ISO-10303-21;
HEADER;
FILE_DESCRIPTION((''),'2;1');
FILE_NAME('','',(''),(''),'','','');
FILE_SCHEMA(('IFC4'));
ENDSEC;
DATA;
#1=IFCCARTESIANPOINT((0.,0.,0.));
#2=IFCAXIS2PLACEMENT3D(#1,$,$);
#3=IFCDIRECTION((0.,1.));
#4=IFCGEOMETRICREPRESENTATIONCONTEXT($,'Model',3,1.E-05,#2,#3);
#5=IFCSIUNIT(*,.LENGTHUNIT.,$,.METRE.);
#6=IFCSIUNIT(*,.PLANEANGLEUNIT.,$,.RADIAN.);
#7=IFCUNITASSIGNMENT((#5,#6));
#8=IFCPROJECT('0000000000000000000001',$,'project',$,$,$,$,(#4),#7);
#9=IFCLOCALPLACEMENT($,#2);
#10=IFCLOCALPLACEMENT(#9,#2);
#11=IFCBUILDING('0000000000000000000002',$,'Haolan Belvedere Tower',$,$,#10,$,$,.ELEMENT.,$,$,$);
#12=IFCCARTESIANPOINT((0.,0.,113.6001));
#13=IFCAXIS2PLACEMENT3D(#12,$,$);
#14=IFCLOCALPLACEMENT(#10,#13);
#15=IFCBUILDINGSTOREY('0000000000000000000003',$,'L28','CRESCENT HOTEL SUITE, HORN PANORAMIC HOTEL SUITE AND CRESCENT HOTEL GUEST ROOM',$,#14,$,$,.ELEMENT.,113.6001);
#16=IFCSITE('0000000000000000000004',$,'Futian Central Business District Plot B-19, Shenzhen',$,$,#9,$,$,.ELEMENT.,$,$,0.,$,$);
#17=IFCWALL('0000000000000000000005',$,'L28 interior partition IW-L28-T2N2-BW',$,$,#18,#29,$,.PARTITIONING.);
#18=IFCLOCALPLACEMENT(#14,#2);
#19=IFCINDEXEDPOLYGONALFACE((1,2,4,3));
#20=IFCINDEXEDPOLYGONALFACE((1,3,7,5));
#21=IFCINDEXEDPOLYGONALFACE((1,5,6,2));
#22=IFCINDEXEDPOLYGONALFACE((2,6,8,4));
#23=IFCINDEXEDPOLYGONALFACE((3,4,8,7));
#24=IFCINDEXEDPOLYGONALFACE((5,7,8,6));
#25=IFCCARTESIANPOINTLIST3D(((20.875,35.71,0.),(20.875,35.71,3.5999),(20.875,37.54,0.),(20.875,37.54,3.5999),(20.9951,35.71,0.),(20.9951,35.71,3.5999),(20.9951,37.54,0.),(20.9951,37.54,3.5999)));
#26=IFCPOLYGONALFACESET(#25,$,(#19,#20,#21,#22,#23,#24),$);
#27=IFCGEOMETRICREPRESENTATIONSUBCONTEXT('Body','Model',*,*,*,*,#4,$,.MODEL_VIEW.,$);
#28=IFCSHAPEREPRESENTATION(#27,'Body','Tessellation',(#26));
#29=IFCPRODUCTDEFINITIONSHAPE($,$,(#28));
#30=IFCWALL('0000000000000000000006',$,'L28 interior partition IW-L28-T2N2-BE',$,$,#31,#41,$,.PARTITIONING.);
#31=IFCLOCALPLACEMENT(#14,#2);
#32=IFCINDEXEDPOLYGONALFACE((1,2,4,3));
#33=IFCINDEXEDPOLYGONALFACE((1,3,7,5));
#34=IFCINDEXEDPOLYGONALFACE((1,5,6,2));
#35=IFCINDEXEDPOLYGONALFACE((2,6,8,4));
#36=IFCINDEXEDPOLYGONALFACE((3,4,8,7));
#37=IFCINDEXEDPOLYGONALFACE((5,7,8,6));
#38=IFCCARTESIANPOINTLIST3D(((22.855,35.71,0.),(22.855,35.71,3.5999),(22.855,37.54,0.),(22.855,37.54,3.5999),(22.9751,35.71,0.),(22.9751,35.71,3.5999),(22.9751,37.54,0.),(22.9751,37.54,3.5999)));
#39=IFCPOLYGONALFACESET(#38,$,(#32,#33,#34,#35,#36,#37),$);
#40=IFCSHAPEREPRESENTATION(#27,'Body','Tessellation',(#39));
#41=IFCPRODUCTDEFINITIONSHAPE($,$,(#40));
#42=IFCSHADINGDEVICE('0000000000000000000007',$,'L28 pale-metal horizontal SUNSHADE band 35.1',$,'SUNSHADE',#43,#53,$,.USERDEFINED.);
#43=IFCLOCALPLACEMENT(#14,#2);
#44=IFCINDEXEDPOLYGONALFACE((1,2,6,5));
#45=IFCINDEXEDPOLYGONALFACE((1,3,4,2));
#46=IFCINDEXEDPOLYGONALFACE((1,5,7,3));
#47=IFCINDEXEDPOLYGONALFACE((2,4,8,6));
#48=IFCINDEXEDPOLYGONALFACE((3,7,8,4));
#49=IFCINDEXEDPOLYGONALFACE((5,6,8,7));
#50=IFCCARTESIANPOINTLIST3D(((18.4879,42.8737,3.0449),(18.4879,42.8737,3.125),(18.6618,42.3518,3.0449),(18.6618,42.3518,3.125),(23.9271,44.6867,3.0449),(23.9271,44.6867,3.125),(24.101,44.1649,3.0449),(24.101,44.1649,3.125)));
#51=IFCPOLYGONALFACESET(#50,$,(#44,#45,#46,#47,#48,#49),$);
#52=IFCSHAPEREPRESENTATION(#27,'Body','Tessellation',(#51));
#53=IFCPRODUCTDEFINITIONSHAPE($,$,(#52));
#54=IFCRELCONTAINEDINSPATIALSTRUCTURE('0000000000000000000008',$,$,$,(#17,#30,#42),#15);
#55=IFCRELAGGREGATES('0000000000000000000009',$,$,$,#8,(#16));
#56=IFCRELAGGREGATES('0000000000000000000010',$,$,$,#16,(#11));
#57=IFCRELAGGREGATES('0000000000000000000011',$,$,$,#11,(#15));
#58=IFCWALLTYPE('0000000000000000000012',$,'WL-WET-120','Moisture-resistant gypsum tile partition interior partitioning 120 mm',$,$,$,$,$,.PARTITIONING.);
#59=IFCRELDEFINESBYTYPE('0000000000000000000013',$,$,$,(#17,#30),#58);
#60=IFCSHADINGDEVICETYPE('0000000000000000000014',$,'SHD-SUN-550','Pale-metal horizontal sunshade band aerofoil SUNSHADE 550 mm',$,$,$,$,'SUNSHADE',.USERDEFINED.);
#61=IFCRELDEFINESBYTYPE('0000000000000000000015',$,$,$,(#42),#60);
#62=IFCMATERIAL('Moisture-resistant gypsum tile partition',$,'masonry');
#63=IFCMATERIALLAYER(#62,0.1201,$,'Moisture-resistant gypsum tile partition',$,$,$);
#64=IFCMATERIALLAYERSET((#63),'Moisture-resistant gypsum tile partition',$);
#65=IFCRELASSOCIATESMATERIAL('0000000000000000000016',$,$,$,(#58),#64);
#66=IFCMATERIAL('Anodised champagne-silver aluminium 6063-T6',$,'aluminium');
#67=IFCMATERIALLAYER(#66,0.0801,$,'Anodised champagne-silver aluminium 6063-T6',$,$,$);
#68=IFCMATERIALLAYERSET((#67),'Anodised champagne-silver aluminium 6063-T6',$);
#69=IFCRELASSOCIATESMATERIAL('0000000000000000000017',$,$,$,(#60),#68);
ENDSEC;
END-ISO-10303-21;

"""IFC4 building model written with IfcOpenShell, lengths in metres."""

from ifc_helpers import new_model, si_unit, direction, frame, frame_2d, origin, origin_2d, place, context, subcontext, project, spatial, rectangle, extrude, material, layer, layer_set, type_object, element, save


model = new_model("IFC4")

# Units and contexts
model_context = context("Model", 3, precision=1e-05, world=origin(), true_north=direction((0.0, 1.0)))
body_context = subcontext(model_context, "Body", "Model", "MODEL_VIEW")
ifc_project = project(units=[si_unit("LENGTHUNIT", "METRE"), si_unit("PLANEANGLEUNIT", "RADIAN")], contexts=[model_context])

# Site, building, storey
site_placement = place(None, origin())
site = spatial("IfcSite", under=ifc_project, at=site_placement, Name="Futian Central Business District Plot B-19, Shenzhen", CompositionType="ELEMENT", RefElevation=0.0)
building_placement = place(site_placement, origin())
building = spatial("IfcBuilding", under=site, at=building_placement, Name="Haolan Belvedere Tower", CompositionType="ELEMENT")
storey_placement = place(building_placement, frame((0.0, 0.0, 113.6001)))
storey = spatial("IfcBuildingStorey", under=building, at=storey_placement, Name="L28", Description="CRESCENT HOTEL SUITE, HORN PANORAMIC HOTEL SUITE AND CRESCENT HOTEL GUEST ROOM", CompositionType="ELEMENT", Elevation=113.6001)

# Shared definitions
ifc_material_1 = material(Name="Moisture-resistant gypsum tile partition", Category="masonry")
ifc_layer_1 = layer(ifc_material_1, 0.1201, Name="Moisture-resistant gypsum tile partition")
ifc_layer_set_1 = layer_set([ifc_layer_1], Name="Moisture-resistant gypsum tile partition")
wall_type_1 = type_object("IfcWallType", Name="WL-WET-120", Description="Moisture-resistant gypsum tile partition interior partitioning 120 mm", PredefinedType="PARTITIONING", material=ifc_layer_set_1)

# Walls
for number, where, z_axis, x_axis, name in (
    (1, (20.9351, 35.71, 0.0), (0.0, 0.0, 1.0), (0.0, 1.0, 0.0), "L28 interior partition IW-L28-T2N2-BW"),
    (2, (22.915, 35.71, 0.0), (0.0, 0.0, 1.0), (0.0, 1.0, 0.0), "L28 interior partition IW-L28-T2N2-BE"),
):
    element("IfcWall", number, at=place(storey_placement, frame(where, z_axis=z_axis, x_axis=x_axis)), inside=storey, type_object=wall_type_1, Name=name, PredefinedType="PARTITIONING", context=body_context, shape_type="SweptSolid", body=[
        extrude(rectangle(XDim=1.8301, YDim=0.1201, at=frame_2d((0.915, 0.0))), origin(), (0.0, 0.0, 1.0), 3.5999),
    ])

# Shading device
ifc_material_2 = material(Name="Anodised champagne-silver aluminium 6063-T6", Category="aluminium")
ifc_layer_2 = layer(ifc_material_2, 0.0801, Name="Anodised champagne-silver aluminium 6063-T6")
ifc_layer_set_2 = layer_set([ifc_layer_2], Name="Anodised champagne-silver aluminium 6063-T6")
shading_device_type = type_object("IfcShadingDeviceType", Name="SHD-SUN-550", Description="Pale-metal horizontal sunshade band aerofoil SUNSHADE 550 mm", ElementType="SUNSHADE", PredefinedType="USERDEFINED", material=ifc_layer_set_2)
shading_device_placement = place(storey_placement, frame((21.2944, 43.5193, 3.0449), z_axis=(0.0, 0.0, 1.0), x_axis=(-0.948683, -0.316229, 0.0)))
element("IfcShadingDevice", 3, at=shading_device_placement, inside=storey, type_object=shading_device_type, Name="L28 pale-metal horizontal SUNSHADE band 35.1", ObjectType="SUNSHADE", PredefinedType="USERDEFINED", context=body_context, shape_type="SweptSolid", body=[
    extrude(rectangle(XDim=5.7334, YDim=0.55, at=origin_2d()), origin(), (0.0, 0.0, 1.0), 0.0801),
])

save(model, "model.ifc")
